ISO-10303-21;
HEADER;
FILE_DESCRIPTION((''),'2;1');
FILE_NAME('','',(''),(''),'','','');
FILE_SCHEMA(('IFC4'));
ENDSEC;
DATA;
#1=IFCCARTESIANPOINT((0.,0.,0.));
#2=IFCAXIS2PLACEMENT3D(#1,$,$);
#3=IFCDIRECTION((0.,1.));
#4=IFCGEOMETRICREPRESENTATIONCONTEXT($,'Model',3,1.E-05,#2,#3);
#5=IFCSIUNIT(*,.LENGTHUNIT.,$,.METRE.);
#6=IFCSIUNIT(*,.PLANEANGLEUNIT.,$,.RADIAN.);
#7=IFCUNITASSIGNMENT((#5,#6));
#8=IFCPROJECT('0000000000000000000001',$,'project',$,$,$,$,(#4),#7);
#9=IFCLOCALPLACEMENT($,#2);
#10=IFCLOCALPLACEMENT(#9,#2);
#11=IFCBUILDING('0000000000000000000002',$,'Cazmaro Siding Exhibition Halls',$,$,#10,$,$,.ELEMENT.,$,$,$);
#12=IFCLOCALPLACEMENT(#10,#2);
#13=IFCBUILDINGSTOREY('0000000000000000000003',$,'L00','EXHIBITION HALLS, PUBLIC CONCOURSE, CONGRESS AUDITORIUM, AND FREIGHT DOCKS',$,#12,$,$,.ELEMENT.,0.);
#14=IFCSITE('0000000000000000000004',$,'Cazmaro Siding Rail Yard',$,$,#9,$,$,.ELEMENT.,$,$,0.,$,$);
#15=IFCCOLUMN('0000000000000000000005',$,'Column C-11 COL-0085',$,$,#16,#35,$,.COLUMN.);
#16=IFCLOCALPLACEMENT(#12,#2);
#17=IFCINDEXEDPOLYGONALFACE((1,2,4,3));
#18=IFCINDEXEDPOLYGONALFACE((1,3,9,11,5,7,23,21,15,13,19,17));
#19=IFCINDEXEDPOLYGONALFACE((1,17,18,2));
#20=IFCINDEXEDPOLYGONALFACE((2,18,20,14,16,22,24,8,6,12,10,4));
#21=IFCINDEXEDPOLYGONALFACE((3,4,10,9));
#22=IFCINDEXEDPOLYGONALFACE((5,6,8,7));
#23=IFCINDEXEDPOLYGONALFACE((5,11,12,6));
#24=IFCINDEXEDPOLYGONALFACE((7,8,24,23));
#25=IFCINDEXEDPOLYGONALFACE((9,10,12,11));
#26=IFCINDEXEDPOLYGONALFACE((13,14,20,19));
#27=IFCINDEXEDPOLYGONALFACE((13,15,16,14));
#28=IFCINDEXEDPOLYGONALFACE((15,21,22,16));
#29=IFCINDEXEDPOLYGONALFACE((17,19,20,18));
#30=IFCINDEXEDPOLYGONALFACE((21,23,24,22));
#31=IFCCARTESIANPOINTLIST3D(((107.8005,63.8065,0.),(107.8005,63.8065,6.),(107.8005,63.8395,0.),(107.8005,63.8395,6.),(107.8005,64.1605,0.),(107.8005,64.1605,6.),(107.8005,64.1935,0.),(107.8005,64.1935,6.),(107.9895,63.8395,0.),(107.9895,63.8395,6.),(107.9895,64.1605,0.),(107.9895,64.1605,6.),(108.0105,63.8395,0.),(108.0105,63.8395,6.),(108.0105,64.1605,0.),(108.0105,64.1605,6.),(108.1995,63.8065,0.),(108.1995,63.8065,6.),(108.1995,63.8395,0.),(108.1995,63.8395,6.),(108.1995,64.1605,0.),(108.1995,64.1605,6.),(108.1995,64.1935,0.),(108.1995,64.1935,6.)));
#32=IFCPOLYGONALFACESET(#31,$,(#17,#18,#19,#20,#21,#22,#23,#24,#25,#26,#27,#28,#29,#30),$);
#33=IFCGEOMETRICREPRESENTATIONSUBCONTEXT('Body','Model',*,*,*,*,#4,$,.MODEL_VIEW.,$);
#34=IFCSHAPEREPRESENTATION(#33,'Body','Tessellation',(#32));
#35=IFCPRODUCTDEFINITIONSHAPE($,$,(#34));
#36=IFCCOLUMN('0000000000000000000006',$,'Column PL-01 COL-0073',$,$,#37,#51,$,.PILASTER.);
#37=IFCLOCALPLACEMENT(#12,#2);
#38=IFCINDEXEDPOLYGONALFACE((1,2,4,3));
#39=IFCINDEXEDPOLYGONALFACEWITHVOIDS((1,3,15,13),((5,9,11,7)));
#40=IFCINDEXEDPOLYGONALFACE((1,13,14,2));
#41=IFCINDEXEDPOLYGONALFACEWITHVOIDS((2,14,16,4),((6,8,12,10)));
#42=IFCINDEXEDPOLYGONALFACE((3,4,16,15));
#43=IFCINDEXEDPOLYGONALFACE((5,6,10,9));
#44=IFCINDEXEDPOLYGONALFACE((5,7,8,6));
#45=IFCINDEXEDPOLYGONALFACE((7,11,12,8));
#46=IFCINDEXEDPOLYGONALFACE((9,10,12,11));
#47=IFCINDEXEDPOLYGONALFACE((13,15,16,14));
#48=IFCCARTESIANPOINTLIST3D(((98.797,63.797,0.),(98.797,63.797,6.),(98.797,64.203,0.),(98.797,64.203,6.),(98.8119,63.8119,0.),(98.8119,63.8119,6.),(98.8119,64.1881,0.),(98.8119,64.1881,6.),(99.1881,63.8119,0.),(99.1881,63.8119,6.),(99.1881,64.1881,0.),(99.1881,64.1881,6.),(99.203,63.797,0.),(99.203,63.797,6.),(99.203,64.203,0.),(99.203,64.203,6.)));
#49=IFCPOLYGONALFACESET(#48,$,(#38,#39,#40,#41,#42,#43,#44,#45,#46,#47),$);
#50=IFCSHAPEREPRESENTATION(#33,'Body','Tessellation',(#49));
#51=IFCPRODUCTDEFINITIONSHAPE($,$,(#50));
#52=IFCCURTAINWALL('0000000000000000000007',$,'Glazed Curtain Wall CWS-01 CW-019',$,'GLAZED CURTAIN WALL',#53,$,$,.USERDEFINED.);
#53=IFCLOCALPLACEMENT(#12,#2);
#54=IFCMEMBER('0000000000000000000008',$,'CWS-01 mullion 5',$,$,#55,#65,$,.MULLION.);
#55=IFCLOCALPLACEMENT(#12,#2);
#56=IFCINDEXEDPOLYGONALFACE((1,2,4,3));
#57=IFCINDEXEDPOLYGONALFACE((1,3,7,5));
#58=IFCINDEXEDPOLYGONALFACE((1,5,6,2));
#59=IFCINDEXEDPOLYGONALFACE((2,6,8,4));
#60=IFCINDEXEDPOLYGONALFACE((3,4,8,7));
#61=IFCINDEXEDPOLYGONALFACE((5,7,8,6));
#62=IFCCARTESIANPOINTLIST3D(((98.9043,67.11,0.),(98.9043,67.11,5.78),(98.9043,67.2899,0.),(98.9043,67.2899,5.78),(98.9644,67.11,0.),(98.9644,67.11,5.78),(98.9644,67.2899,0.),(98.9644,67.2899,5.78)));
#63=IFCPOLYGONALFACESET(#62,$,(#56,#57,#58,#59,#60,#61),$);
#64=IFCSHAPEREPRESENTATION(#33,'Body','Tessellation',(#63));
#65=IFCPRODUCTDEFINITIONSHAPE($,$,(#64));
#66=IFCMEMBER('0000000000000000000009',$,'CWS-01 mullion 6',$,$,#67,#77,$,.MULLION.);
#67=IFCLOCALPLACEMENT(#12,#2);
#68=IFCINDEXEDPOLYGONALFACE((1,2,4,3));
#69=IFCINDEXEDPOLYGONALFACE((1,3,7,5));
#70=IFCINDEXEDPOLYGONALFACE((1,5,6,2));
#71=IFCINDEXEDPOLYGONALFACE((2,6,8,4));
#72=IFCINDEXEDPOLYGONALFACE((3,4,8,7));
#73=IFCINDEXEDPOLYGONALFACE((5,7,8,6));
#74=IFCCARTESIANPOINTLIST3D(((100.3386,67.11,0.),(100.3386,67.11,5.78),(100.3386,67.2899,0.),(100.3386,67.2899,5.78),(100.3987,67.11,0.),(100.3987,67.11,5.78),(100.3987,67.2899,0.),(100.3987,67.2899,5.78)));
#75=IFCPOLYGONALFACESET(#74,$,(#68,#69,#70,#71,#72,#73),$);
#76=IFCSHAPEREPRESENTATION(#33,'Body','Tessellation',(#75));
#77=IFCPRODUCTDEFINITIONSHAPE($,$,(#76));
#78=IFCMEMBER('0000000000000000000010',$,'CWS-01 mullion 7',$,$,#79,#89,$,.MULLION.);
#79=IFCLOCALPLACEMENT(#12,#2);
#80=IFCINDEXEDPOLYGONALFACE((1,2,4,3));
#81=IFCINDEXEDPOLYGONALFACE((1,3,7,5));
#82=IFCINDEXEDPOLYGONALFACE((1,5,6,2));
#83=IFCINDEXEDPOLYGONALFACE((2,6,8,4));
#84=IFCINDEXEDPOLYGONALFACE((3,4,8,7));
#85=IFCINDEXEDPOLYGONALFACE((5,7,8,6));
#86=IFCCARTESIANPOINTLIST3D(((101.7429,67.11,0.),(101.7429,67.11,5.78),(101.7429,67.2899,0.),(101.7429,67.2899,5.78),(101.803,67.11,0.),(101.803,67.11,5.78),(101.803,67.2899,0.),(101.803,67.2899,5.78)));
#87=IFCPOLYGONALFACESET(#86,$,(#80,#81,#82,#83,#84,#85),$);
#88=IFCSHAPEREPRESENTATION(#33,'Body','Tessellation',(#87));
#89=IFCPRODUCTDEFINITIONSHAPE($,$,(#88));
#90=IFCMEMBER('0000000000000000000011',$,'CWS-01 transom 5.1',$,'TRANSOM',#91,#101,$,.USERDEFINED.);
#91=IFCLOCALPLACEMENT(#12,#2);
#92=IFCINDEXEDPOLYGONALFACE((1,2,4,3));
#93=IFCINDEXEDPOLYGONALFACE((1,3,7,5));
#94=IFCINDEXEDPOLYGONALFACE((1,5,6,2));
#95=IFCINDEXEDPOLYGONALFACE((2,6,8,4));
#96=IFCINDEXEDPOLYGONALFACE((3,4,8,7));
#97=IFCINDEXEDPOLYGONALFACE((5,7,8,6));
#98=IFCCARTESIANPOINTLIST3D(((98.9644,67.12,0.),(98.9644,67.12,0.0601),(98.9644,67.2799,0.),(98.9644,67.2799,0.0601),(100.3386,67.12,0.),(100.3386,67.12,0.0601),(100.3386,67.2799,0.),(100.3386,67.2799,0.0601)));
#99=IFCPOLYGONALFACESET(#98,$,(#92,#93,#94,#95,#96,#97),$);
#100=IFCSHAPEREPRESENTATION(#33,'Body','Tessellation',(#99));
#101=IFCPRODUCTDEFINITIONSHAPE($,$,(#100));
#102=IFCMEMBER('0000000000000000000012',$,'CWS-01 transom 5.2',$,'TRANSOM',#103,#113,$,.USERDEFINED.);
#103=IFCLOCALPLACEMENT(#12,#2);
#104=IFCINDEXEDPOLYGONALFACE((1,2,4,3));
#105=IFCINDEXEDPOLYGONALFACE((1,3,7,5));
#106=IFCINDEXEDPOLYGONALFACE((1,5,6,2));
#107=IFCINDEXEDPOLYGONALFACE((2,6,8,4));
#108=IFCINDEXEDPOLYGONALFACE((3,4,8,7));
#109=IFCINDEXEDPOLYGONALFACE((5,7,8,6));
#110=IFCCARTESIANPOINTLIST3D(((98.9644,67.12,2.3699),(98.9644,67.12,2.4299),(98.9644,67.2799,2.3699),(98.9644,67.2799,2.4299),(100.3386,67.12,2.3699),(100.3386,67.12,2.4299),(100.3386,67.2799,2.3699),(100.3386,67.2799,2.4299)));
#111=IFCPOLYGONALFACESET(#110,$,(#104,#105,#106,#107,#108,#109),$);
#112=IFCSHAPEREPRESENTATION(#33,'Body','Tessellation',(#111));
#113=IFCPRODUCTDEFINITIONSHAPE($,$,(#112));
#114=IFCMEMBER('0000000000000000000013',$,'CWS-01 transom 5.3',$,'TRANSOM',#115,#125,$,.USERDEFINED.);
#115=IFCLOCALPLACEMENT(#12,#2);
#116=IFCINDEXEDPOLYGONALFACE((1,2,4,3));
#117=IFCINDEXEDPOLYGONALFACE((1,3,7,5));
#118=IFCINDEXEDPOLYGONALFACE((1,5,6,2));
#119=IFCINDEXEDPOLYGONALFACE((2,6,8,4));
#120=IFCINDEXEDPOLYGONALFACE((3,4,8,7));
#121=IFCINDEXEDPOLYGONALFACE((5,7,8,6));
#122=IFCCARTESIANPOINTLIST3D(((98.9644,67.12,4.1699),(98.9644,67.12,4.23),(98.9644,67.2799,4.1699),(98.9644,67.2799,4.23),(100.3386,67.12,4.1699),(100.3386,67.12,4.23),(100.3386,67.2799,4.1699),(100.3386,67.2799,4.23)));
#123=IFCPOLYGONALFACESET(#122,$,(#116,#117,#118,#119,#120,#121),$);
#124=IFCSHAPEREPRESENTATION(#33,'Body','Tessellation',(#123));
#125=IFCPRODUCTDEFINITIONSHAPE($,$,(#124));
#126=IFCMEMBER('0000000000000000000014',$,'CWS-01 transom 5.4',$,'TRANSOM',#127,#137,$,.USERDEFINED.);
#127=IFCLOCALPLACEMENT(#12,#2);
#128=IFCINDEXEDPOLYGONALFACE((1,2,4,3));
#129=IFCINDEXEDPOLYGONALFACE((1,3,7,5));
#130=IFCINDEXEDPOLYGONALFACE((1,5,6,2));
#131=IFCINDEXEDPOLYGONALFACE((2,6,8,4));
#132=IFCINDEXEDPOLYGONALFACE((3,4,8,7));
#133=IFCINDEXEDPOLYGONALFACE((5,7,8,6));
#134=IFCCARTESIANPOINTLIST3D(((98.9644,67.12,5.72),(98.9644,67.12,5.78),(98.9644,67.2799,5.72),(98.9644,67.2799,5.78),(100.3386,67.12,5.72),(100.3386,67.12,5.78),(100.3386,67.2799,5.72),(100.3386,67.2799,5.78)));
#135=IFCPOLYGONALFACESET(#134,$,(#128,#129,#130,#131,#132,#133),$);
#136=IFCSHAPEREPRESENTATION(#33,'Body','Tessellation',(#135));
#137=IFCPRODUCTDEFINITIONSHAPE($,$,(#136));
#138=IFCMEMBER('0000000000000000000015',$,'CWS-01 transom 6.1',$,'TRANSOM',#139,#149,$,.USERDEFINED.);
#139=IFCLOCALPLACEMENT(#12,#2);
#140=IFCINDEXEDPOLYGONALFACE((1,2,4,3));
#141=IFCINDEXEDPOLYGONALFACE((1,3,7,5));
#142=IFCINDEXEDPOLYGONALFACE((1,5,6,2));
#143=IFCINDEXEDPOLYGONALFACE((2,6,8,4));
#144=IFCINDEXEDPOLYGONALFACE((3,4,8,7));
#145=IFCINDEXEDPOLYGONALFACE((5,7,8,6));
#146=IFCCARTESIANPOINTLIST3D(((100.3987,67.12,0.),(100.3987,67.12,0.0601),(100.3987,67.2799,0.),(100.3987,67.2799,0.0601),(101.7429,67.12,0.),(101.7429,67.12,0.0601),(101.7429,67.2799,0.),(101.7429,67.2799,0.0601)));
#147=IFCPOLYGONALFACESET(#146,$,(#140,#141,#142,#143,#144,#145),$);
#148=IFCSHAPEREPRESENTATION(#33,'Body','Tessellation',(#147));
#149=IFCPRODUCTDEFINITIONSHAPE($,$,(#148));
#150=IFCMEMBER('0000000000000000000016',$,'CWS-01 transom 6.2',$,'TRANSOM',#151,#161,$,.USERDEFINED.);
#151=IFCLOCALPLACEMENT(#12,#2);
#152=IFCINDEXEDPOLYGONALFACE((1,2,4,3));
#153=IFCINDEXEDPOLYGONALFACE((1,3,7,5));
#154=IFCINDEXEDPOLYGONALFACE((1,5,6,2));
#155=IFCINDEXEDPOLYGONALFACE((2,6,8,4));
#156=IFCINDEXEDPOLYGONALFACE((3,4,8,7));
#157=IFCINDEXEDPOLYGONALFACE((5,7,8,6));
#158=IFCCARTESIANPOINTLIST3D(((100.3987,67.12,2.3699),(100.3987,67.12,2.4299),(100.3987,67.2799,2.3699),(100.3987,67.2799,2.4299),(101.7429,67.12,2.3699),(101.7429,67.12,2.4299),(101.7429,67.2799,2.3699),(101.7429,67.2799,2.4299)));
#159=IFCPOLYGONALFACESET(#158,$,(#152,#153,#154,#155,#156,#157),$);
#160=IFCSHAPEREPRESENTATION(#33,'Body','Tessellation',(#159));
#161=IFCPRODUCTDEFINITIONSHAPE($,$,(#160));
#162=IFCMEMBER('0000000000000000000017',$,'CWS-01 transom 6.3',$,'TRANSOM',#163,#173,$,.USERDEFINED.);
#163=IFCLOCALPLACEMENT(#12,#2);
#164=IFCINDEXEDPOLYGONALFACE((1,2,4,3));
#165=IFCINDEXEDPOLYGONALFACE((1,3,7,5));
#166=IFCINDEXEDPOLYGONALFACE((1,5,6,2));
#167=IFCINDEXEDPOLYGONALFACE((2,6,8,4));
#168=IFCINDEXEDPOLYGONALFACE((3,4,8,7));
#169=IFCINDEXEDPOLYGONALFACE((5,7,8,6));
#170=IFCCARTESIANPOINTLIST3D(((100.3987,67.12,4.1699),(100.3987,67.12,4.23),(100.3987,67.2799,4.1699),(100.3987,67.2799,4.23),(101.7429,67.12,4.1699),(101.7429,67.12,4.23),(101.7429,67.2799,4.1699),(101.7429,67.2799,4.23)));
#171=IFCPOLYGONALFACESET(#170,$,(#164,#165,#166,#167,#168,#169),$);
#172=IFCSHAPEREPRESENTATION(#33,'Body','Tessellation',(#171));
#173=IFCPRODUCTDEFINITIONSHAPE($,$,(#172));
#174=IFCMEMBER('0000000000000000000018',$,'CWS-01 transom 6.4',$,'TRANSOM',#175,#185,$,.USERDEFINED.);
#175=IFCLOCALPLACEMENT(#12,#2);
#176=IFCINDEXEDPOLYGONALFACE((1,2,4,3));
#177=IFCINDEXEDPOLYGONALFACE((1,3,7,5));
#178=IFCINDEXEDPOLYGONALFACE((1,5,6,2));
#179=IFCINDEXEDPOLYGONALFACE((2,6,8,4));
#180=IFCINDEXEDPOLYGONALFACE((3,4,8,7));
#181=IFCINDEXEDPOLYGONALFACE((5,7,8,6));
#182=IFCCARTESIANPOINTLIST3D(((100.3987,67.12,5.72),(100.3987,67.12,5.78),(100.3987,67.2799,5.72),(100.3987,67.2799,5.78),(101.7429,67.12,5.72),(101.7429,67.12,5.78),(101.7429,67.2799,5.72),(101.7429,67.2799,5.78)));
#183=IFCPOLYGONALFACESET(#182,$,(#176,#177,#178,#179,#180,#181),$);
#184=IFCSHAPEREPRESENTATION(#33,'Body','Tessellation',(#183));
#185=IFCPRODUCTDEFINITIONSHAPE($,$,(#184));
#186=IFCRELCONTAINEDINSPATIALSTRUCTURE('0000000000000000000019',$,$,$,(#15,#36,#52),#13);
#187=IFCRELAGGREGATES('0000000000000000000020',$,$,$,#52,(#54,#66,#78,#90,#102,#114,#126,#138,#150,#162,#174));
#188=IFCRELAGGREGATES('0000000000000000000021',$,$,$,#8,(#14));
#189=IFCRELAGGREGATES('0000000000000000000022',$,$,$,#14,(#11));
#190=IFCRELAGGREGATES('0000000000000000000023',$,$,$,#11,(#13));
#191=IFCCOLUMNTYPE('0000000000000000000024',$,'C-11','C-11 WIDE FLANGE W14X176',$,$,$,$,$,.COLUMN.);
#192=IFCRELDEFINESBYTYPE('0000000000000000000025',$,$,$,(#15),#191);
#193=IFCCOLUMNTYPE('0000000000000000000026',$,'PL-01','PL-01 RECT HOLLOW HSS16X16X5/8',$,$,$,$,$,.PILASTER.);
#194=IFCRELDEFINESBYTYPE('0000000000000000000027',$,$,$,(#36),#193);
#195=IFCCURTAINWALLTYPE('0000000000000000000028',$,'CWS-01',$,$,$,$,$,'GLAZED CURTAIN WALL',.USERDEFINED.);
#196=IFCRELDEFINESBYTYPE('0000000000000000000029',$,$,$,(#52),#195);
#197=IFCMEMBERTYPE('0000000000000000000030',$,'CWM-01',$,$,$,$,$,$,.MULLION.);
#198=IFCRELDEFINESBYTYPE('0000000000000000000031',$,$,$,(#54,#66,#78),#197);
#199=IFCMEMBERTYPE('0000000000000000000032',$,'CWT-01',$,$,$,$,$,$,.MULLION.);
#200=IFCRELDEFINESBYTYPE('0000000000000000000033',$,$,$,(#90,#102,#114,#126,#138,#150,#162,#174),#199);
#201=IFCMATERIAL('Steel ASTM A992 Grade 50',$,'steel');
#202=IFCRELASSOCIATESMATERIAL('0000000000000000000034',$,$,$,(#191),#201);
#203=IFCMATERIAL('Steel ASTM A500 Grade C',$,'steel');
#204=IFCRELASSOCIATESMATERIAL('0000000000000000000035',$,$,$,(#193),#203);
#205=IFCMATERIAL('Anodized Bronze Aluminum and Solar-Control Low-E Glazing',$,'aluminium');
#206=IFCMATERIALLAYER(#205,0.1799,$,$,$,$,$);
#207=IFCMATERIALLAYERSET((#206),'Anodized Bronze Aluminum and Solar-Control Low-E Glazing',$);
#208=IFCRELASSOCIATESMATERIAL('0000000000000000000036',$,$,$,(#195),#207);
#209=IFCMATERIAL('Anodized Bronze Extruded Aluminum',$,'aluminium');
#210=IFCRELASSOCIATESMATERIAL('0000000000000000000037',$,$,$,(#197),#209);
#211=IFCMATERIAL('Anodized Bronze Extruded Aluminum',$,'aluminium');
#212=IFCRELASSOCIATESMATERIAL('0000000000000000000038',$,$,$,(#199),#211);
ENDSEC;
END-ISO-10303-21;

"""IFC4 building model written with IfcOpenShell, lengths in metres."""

from ifc_helpers import new_model, si_unit, direction, frame, origin, origin_2d, place, context, subcontext, project, spatial, rectangle, hollow_rectangle, i_section, extrude, material, layer, layer_set, material_profile, profile_set, type_object, element, aggregate, save


model = new_model("IFC4")

# Units and contexts
model_context = context("Model", 3, precision=1e-05, world=origin(), true_north=direction((0.0, 1.0)))
body_context = subcontext(model_context, "Body", "Model", "MODEL_VIEW")
ifc_project = project(units=[si_unit("LENGTHUNIT", "METRE"), si_unit("PLANEANGLEUNIT", "RADIAN")], contexts=[model_context])

# Site, building, storey
site_placement = place(None, origin())
site = spatial("IfcSite", under=ifc_project, at=site_placement, Name="Cazmaro Siding Rail Yard", CompositionType="ELEMENT", RefElevation=0.0)
building_placement = place(site_placement, origin())
building = spatial("IfcBuilding", under=site, at=building_placement, Name="Cazmaro Siding Exhibition Halls", CompositionType="ELEMENT")
storey_placement = place(building_placement, origin())
storey = spatial("IfcBuildingStorey", under=building, at=storey_placement, Name="L00", Description="EXHIBITION HALLS, PUBLIC CONCOURSE, CONGRESS AUDITORIUM, AND FREIGHT DOCKS", CompositionType="ELEMENT", Elevation=0.0)

# Columns
ifc_material_1 = material(Name="Steel ASTM A992 Grade 50", Category="steel")
ifc_material_profile_1 = material_profile(ifc_material_1, i_section(OverallWidth=0.3989, OverallDepth=0.387, WebThickness=0.021, FlangeThickness=0.033, at=origin_2d()), Name="W14X176")
ifc_profile_set_1 = profile_set([ifc_material_profile_1], Name="Steel ASTM A992 Grade 50")
column_type_1 = type_object("IfcColumnType", Name="C-11", Description="C-11 WIDE FLANGE W14X176", PredefinedType="COLUMN", material=ifc_profile_set_1)
column_1_placement = place(storey_placement, frame((108.0, 64.0, 0.0), z_axis=(0.0, 0.0, 1.0), x_axis=(1.0, 0.0, 0.0)))
element("IfcColumn", 1, at=column_1_placement, inside=storey, type_object=column_type_1, Name="Column C-11 COL-0085", PredefinedType="COLUMN", context=body_context, shape_type="SweptSolid", body=[
    extrude(i_section(OverallWidth=0.3989, OverallDepth=0.387, WebThickness=0.021, FlangeThickness=0.033, at=origin_2d()), origin(), (0.0, 0.0, 1.0), 6.0),
])
ifc_material_2 = material(Name="Steel ASTM A500 Grade C", Category="steel")
ifc_material_profile_2 = material_profile(ifc_material_2, hollow_rectangle(XDim=0.406, YDim=0.406, WallThickness=0.0149, at=origin_2d()), Name="HSS16X16X5/8")
ifc_profile_set_2 = profile_set([ifc_material_profile_2], Name="Steel ASTM A500 Grade C")
column_type_2 = type_object("IfcColumnType", Name="PL-01", Description="PL-01 RECT HOLLOW HSS16X16X5/8", PredefinedType="PILASTER", material=ifc_profile_set_2)
column_2_placement = place(storey_placement, frame((99.0, 64.0, 0.0), z_axis=(0.0, 0.0, 1.0), x_axis=(1.0, 0.0, 0.0)))
element("IfcColumn", 2, at=column_2_placement, inside=storey, type_object=column_type_2, Name="Column PL-01 COL-0073", PredefinedType="PILASTER", context=body_context, shape_type="SweptSolid", body=[
    extrude(hollow_rectangle(XDim=0.406, YDim=0.406, WallThickness=0.0149, at=origin_2d()), origin(), (0.0, 0.0, 1.0), 6.0),
])

# Curtain wall, members
ifc_material_3 = material(Name="Anodized Bronze Aluminum and Solar-Control Low-E Glazing", Category="aluminium")
ifc_layer_1 = layer(ifc_material_3, 0.1799)
ifc_layer_set_1 = layer_set([ifc_layer_1], Name="Anodized Bronze Aluminum and Solar-Control Low-E Glazing")
curtain_wall_type = type_object("IfcCurtainWallType", Name="CWS-01", ElementType="GLAZED CURTAIN WALL", PredefinedType="USERDEFINED", material=ifc_layer_set_1)
curtain_wall_placement = place(storey_placement, origin())
curtain_wall = element("IfcCurtainWall", 3, at=curtain_wall_placement, inside=storey, type_object=curtain_wall_type, Name="Glazed Curtain Wall CWS-01 CW-019", ObjectType="GLAZED CURTAIN WALL", PredefinedType="USERDEFINED")
ifc_material_4 = material(Name="Anodized Bronze Extruded Aluminum", Category="aluminium")
ifc_material_profile_3 = material_profile(ifc_material_4, rectangle(XDim=0.1799, YDim=0.0601, at=origin_2d()), Name="CWM-01")
ifc_profile_set_3 = profile_set([ifc_material_profile_3], Name="Anodized Bronze Extruded Aluminum")
member_type_1 = type_object("IfcMemberType", Name="CWM-01", PredefinedType="MULLION", material=ifc_profile_set_3)
member_1_placement = place(storey_placement, frame((98.9343, 67.2, 0.0), z_axis=(0.0, 0.0, 1.0), x_axis=(0.0, 1.0, 0.0)))
member_1 = element("IfcMember", 4, at=member_1_placement, type_object=member_type_1, Name="CWS-01 mullion 5", PredefinedType="MULLION", context=body_context, shape_type="SweptSolid", body=[
    extrude(rectangle(XDim=0.1799, YDim=0.0601, at=origin_2d()), origin(), (0.0, 0.0, 1.0), 5.78),
])
member_2_placement = place(storey_placement, frame((100.3687, 67.2, 0.0), z_axis=(0.0, 0.0, 1.0), x_axis=(0.0, 1.0, 0.0)))
member_2 = element("IfcMember", 5, at=member_2_placement, type_object=member_type_1, Name="CWS-01 mullion 6", PredefinedType="MULLION", context=body_context, shape_type="SweptSolid", body=[
    extrude(rectangle(XDim=0.1799, YDim=0.0601, at=origin_2d()), origin(), (0.0, 0.0, 1.0), 5.78),
])
member_3_placement = place(storey_placement, frame((101.7729, 67.2, 0.0), z_axis=(0.0, 0.0, 1.0), x_axis=(0.0, 1.0, 0.0)))
member_3 = element("IfcMember", 6, at=member_3_placement, type_object=member_type_1, Name="CWS-01 mullion 7", PredefinedType="MULLION", context=body_context, shape_type="SweptSolid", body=[
    extrude(rectangle(XDim=0.1799, YDim=0.0601, at=origin_2d()), origin(), (0.0, 0.0, 1.0), 5.78),
])
ifc_material_5 = material(Name="Anodized Bronze Extruded Aluminum", Category="aluminium")
ifc_material_profile_4 = material_profile(ifc_material_5, rectangle(XDim=0.1599, YDim=0.0601, at=origin_2d()), Name="CWT-01")
ifc_profile_set_4 = profile_set([ifc_material_profile_4], Name="Anodized Bronze Extruded Aluminum")
member_type_2 = type_object("IfcMemberType", Name="CWT-01", PredefinedType="MULLION", material=ifc_profile_set_4)
member_4_placement = place(storey_placement, frame((98.9644, 67.2, 0.03), z_axis=(1.0, 0.0, 0.0), x_axis=(0.0, 1.0, 0.0)))
member_4 = element("IfcMember", 7, at=member_4_placement, type_object=member_type_2, Name="CWS-01 transom 5.1", ObjectType="TRANSOM", PredefinedType="USERDEFINED", context=body_context, shape_type="SweptSolid", body=[
    extrude(rectangle(XDim=0.1599, YDim=0.0601, at=origin_2d()), origin(), (0.0, 0.0, 1.0), 1.3743),
])
member_5_placement = place(storey_placement, frame((98.9644, 67.2, 2.3999), z_axis=(1.0, 0.0, 0.0), x_axis=(0.0, 1.0, 0.0)))
member_5 = element("IfcMember", 8, at=member_5_placement, type_object=member_type_2, Name="CWS-01 transom 5.2", ObjectType="TRANSOM", PredefinedType="USERDEFINED", context=body_context, shape_type="SweptSolid", body=[
    extrude(rectangle(XDim=0.1599, YDim=0.0601, at=origin_2d()), origin(), (0.0, 0.0, 1.0), 1.3743),
])
member_6_placement = place(storey_placement, frame((98.9644, 67.2, 4.2), z_axis=(1.0, 0.0, 0.0), x_axis=(0.0, 1.0, 0.0)))
member_6 = element("IfcMember", 9, at=member_6_placement, type_object=member_type_2, Name="CWS-01 transom 5.3", ObjectType="TRANSOM", PredefinedType="USERDEFINED", context=body_context, shape_type="SweptSolid", body=[
    extrude(rectangle(XDim=0.1599, YDim=0.0601, at=origin_2d()), origin(), (0.0, 0.0, 1.0), 1.3743),
])
member_7_placement = place(storey_placement, frame((98.9644, 67.2, 5.75), z_axis=(1.0, 0.0, 0.0), x_axis=(0.0, 1.0, 0.0)))
member_7 = element("IfcMember", 10, at=member_7_placement, type_object=member_type_2, Name="CWS-01 transom 5.4", ObjectType="TRANSOM", PredefinedType="USERDEFINED", context=body_context, shape_type="SweptSolid", body=[
    extrude(rectangle(XDim=0.1599, YDim=0.0601, at=origin_2d()), origin(), (0.0, 0.0, 1.0), 1.3743),
])
member_8_placement = place(storey_placement, frame((100.3987, 67.2, 0.03), z_axis=(1.0, 0.0, 0.0), x_axis=(0.0, 1.0, 0.0)))
member_8 = element("IfcMember", 11, at=member_8_placement, type_object=member_type_2, Name="CWS-01 transom 6.1", ObjectType="TRANSOM", PredefinedType="USERDEFINED", context=body_context, shape_type="SweptSolid", body=[
    extrude(rectangle(XDim=0.1599, YDim=0.0601, at=origin_2d()), origin(), (0.0, 0.0, 1.0), 1.3442),
])
member_9_placement = place(storey_placement, frame((100.3987, 67.2, 2.3999), z_axis=(1.0, 0.0, 0.0), x_axis=(0.0, 1.0, 0.0)))
member_9 = element("IfcMember", 12, at=member_9_placement, type_object=member_type_2, Name="CWS-01 transom 6.2", ObjectType="TRANSOM", PredefinedType="USERDEFINED", context=body_context, shape_type="SweptSolid", body=[
    extrude(rectangle(XDim=0.1599, YDim=0.0601, at=origin_2d()), origin(), (0.0, 0.0, 1.0), 1.3442),
])
member_10_placement = place(storey_placement, frame((100.3987, 67.2, 4.2), z_axis=(1.0, 0.0, 0.0), x_axis=(0.0, 1.0, 0.0)))
member_10 = element("IfcMember", 13, at=member_10_placement, type_object=member_type_2, Name="CWS-01 transom 6.3", ObjectType="TRANSOM", PredefinedType="USERDEFINED", context=body_context, shape_type="SweptSolid", body=[
    extrude(rectangle(XDim=0.1599, YDim=0.0601, at=origin_2d()), origin(), (0.0, 0.0, 1.0), 1.3442),
])
member_11_placement = place(storey_placement, frame((100.3987, 67.2, 5.75), z_axis=(1.0, 0.0, 0.0), x_axis=(0.0, 1.0, 0.0)))
member_11 = element("IfcMember", 14, at=member_11_placement, type_object=member_type_2, Name="CWS-01 transom 6.4", ObjectType="TRANSOM", PredefinedType="USERDEFINED", context=body_context, shape_type="SweptSolid", body=[
    extrude(rectangle(XDim=0.1599, YDim=0.0601, at=origin_2d()), origin(), (0.0, 0.0, 1.0), 1.3442),
])
aggregate(curtain_wall, [member_1, member_2, member_3, member_4, member_5, member_6, member_7, member_8, member_9, member_10, member_11])

save(model, "model.ifc")
